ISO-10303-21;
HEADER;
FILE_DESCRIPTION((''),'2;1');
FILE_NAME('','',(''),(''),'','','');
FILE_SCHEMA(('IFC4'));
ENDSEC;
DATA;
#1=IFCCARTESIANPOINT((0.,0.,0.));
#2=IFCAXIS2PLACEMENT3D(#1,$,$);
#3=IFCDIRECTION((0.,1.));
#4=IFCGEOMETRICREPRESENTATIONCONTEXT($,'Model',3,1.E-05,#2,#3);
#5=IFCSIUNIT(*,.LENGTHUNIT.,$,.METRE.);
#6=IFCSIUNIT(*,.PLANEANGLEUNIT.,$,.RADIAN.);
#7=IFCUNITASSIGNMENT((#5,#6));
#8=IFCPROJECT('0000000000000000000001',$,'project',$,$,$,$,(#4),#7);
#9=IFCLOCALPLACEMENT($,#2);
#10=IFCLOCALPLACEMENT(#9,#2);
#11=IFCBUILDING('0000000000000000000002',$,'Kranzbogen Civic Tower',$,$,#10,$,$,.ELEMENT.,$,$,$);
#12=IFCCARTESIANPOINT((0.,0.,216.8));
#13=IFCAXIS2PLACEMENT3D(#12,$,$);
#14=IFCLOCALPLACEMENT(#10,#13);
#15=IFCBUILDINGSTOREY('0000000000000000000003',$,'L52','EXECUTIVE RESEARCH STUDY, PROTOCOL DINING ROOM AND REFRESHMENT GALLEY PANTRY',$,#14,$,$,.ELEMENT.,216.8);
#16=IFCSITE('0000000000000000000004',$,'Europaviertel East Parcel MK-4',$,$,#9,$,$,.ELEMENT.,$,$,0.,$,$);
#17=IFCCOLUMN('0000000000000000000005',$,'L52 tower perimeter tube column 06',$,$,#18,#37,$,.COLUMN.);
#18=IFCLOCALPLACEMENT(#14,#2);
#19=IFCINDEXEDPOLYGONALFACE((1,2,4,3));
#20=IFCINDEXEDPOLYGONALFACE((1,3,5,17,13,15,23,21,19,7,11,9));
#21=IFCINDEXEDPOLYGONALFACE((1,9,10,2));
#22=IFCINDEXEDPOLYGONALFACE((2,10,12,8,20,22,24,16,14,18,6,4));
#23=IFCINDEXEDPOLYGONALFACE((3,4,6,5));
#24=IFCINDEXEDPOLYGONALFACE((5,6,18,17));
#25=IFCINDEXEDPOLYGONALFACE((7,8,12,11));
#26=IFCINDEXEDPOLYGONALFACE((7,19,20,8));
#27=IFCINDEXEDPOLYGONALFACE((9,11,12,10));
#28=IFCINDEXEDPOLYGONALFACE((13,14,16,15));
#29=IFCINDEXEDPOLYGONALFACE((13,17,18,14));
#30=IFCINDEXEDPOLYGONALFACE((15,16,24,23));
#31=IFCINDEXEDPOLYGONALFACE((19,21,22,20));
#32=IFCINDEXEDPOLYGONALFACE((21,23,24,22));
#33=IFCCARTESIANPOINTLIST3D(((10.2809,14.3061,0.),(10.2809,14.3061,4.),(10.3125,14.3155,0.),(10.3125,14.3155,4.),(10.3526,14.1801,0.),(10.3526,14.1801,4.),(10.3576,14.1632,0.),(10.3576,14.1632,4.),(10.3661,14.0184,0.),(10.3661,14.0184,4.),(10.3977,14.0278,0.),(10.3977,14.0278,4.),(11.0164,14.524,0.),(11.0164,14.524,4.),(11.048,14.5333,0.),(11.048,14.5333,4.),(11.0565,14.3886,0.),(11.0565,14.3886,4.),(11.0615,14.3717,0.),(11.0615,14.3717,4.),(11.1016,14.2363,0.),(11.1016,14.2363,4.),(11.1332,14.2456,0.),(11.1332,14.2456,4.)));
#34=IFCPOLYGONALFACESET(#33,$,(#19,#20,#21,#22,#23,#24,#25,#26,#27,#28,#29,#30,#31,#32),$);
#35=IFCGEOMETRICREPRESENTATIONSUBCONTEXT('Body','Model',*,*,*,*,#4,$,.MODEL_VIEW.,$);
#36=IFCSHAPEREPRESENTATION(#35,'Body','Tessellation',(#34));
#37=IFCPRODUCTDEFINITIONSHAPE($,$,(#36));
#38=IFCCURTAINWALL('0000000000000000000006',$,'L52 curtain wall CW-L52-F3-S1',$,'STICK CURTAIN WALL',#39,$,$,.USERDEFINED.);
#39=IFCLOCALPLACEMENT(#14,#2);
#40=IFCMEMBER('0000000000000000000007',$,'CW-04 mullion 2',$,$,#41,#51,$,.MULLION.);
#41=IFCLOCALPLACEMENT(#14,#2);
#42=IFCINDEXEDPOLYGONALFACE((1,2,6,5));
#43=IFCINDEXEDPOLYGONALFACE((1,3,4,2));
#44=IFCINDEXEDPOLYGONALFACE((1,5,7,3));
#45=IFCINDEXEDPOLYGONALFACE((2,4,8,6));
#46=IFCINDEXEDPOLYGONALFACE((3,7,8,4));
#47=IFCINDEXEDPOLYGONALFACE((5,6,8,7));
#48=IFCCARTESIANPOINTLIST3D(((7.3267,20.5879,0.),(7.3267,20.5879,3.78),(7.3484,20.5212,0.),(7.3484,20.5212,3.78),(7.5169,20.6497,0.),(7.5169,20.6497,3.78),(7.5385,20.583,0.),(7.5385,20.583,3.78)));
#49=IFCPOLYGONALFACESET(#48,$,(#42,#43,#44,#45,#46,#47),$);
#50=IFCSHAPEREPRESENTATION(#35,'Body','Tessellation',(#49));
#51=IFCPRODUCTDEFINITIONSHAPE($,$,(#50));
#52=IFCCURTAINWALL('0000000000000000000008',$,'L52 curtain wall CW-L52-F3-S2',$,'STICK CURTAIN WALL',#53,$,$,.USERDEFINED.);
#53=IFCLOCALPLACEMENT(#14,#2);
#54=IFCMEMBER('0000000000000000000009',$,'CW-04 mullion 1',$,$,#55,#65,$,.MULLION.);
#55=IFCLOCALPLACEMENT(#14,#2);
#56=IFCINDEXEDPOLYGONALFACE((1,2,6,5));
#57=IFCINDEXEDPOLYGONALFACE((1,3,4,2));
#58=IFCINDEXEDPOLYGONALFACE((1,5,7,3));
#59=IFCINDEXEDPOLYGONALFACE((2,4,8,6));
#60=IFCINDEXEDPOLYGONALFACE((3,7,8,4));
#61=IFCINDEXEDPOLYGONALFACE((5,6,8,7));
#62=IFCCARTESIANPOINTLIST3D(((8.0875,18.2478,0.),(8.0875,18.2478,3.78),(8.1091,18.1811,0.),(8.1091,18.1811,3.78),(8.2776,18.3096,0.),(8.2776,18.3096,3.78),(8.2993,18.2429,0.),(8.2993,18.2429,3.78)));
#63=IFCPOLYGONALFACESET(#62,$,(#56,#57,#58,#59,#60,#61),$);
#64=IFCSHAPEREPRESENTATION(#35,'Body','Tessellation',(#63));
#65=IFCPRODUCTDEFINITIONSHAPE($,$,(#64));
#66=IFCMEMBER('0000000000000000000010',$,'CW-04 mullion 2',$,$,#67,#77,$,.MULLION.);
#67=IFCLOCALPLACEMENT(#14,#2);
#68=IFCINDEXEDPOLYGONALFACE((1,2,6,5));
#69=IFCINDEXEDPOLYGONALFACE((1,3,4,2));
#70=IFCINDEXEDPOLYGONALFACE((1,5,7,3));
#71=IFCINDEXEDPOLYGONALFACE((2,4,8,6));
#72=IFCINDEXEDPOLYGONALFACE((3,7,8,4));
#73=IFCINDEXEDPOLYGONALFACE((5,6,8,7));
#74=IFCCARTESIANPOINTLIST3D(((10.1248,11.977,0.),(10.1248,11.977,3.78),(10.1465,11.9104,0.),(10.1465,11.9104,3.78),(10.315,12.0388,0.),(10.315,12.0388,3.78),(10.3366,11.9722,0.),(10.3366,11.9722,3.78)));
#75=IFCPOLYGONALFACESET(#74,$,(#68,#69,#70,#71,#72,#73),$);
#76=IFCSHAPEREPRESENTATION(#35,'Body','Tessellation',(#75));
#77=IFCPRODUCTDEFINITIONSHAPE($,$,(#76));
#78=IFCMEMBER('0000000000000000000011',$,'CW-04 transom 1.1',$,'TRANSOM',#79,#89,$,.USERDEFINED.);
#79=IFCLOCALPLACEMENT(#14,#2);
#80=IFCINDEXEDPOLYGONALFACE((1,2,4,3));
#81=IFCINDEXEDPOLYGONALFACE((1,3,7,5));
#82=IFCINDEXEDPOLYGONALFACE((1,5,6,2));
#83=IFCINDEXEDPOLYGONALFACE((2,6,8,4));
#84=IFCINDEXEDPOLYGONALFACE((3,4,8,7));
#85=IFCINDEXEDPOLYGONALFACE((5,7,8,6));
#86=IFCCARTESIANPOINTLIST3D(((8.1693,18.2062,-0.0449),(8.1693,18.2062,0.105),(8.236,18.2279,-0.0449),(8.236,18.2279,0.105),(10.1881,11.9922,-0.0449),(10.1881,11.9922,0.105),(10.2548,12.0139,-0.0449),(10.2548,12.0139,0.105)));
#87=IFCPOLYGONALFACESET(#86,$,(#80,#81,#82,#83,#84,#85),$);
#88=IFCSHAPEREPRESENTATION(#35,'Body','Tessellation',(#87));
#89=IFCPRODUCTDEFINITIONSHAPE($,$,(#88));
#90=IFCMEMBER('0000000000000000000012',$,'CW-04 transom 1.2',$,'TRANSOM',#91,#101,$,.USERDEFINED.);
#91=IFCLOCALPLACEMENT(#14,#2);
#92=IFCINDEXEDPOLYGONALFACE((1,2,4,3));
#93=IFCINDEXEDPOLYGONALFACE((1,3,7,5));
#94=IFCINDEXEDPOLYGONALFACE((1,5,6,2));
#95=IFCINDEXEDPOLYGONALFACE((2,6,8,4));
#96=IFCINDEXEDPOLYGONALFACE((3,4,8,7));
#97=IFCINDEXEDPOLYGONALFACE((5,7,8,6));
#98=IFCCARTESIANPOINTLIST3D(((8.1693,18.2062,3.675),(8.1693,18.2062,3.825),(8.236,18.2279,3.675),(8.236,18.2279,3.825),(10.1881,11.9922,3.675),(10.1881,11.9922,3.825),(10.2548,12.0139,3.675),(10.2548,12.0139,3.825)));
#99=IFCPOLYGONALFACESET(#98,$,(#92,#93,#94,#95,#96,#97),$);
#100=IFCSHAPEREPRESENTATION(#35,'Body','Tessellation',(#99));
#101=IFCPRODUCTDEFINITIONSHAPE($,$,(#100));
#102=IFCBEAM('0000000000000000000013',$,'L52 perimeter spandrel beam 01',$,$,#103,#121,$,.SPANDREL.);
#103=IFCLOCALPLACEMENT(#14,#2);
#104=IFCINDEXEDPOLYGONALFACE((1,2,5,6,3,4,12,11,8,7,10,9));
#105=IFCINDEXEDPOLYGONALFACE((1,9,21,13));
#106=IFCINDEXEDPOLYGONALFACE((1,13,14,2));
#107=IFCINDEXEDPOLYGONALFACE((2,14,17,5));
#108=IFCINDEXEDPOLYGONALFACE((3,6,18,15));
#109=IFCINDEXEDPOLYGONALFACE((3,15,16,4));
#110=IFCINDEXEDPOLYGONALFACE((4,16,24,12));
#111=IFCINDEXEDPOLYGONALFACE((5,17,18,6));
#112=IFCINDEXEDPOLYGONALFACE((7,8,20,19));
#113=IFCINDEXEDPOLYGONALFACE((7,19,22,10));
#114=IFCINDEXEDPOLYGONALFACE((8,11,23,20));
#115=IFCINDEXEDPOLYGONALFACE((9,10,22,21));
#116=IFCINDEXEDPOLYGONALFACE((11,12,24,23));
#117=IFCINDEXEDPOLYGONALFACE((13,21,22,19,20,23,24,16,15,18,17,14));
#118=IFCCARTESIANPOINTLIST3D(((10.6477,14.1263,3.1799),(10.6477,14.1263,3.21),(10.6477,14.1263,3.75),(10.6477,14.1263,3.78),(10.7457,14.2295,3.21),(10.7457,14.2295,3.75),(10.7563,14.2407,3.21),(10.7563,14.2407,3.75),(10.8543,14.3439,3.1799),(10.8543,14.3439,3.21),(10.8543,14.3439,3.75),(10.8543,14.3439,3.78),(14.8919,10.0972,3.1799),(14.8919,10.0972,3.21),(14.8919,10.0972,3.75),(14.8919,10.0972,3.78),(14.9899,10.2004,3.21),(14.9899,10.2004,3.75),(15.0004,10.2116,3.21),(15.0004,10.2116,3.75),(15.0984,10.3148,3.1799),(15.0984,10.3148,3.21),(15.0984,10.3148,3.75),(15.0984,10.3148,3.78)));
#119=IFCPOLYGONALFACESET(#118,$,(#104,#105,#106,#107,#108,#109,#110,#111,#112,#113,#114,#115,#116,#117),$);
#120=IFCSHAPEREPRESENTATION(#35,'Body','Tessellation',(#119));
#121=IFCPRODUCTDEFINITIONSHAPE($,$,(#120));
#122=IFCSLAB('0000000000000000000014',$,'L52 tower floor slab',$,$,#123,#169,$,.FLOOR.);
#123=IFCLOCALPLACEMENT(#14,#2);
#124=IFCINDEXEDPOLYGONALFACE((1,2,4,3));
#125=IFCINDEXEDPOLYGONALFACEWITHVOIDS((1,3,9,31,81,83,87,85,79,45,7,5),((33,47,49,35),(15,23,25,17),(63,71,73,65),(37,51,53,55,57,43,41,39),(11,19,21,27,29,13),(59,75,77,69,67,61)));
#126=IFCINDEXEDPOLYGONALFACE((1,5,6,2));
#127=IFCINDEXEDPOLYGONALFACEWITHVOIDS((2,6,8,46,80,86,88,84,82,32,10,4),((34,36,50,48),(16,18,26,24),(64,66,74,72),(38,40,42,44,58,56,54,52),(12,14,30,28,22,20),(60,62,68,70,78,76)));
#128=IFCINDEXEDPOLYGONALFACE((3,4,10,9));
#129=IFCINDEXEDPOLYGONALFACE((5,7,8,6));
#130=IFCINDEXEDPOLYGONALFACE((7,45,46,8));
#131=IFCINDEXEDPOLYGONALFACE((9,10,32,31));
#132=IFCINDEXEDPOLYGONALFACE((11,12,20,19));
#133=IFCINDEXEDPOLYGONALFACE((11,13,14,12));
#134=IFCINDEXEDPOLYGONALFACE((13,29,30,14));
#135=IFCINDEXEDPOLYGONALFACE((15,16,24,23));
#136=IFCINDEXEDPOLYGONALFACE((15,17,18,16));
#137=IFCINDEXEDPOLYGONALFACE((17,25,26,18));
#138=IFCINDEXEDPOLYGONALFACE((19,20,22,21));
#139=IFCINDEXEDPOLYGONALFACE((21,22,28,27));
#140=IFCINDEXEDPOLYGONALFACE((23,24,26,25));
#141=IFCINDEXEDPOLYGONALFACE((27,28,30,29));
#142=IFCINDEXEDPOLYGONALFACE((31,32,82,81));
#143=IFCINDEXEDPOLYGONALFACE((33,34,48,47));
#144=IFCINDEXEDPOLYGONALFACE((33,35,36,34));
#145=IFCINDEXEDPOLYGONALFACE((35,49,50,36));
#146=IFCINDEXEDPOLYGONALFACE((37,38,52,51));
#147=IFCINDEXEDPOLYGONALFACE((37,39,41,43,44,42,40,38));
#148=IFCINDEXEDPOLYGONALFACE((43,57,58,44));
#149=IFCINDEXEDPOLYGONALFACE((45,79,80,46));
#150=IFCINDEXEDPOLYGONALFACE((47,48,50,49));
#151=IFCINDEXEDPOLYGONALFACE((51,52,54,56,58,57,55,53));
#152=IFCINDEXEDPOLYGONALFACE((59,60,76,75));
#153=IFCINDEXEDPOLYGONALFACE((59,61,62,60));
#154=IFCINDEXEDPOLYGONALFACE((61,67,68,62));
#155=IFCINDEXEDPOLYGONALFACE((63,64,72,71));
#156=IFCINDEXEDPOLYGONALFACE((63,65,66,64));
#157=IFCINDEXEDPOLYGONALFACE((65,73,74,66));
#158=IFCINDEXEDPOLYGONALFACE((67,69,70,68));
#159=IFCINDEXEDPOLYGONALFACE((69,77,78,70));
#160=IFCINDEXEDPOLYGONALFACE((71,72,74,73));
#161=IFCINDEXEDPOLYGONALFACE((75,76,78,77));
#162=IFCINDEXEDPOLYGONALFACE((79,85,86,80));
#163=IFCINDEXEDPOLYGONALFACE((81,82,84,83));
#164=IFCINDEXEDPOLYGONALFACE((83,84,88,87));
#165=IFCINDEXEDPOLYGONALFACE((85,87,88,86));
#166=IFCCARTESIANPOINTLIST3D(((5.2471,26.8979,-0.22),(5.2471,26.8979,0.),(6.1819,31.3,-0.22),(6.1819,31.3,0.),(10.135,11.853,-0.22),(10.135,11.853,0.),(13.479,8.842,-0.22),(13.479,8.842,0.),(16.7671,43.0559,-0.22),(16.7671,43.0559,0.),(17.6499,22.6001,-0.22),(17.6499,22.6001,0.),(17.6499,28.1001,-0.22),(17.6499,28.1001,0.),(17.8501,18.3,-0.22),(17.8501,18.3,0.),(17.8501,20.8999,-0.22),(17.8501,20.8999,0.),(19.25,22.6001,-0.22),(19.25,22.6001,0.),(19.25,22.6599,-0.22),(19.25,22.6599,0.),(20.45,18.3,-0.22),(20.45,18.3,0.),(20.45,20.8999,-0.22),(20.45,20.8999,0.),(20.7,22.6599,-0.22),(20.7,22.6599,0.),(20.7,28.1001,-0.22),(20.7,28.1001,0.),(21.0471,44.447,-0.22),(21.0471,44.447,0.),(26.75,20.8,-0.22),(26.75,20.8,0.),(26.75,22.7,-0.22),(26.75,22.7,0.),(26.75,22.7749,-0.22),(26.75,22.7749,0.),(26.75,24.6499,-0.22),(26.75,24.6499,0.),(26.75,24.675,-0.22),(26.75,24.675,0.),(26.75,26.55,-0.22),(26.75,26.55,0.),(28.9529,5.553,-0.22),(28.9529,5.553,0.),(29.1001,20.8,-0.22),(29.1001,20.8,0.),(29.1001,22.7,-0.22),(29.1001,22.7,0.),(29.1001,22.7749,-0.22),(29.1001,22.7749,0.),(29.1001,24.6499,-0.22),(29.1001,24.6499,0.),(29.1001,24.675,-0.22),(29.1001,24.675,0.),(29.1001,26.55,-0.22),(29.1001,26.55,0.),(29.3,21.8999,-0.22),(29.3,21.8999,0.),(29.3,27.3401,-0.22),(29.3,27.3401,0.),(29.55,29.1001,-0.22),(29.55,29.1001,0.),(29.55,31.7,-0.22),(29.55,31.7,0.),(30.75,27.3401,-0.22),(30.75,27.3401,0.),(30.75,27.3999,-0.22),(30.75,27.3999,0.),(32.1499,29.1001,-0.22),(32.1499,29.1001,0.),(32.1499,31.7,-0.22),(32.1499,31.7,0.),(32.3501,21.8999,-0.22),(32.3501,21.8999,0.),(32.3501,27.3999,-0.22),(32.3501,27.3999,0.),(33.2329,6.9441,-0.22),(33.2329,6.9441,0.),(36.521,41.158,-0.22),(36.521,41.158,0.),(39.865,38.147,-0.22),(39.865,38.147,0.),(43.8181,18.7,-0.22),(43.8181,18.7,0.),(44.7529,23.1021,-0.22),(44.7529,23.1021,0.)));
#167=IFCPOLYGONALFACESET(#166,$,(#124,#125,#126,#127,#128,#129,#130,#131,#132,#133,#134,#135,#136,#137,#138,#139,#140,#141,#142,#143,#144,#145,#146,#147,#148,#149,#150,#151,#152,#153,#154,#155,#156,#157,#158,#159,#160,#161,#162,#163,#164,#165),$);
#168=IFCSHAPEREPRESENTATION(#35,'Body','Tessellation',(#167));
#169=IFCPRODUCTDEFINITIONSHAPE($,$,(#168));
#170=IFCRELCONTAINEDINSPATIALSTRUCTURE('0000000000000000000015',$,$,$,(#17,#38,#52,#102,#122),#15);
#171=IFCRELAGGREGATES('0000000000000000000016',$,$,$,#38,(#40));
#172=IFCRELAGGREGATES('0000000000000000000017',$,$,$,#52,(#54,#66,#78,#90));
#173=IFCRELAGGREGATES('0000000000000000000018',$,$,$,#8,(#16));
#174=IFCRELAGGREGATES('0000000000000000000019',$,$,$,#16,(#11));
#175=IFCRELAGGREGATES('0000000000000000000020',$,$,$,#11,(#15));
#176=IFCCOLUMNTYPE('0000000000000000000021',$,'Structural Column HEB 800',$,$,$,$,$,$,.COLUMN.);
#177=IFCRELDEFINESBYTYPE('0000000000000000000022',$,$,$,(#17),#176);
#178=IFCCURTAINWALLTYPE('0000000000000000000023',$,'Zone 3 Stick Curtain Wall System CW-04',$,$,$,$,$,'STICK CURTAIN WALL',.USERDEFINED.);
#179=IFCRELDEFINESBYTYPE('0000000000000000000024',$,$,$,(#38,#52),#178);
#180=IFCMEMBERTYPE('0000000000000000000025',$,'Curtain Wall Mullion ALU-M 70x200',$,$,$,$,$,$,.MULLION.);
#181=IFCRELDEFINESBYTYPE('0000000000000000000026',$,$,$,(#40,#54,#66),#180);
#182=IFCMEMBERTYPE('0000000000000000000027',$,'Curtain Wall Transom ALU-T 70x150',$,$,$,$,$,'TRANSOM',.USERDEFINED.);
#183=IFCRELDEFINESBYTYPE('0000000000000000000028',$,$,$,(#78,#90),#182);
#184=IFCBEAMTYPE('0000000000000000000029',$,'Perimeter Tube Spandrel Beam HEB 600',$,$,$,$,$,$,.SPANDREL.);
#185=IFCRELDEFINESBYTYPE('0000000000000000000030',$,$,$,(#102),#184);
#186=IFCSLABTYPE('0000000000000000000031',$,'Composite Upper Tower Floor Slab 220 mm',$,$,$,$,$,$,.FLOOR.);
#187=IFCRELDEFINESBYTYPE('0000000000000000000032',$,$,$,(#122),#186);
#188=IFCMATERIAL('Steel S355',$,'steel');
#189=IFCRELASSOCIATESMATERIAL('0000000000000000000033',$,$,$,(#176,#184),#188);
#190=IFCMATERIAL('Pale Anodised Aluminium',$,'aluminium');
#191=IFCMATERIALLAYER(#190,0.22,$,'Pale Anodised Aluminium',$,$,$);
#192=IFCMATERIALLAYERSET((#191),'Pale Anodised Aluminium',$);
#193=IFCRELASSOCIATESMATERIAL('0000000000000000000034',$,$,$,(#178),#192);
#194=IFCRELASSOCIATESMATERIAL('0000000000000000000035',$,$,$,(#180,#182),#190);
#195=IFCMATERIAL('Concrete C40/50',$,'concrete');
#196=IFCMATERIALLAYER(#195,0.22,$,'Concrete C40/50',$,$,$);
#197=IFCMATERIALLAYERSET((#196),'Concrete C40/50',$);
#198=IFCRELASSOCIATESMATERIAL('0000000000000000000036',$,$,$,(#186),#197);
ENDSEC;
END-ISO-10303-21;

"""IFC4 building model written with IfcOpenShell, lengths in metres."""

from ifc_helpers import new_model, si_unit, direction, frame, origin, origin_2d, place, context, subcontext, project, spatial, polyline, rectangle, i_section, outline, extrude, material, layer, layer_set, material_profile, profile_set, type_object, element, aggregate, save


model = new_model("IFC4")

# Units and contexts
model_context = context("Model", 3, precision=1e-05, world=origin(), true_north=direction((0.0, 1.0)))
body_context = subcontext(model_context, "Body", "Model", "MODEL_VIEW")
ifc_project = project(units=[si_unit("LENGTHUNIT", "METRE"), si_unit("PLANEANGLEUNIT", "RADIAN")], contexts=[model_context])

# Site, building, storey
site_placement = place(None, origin())
site = spatial("IfcSite", under=ifc_project, at=site_placement, Name="Europaviertel East Parcel MK-4", CompositionType="ELEMENT", RefElevation=0.0)
building_placement = place(site_placement, origin())
building = spatial("IfcBuilding", under=site, at=building_placement, Name="Kranzbogen Civic Tower", CompositionType="ELEMENT")
storey_placement = place(building_placement, frame((0.0, 0.0, 216.8)))
storey = spatial("IfcBuildingStorey", under=building, at=storey_placement, Name="L52", Description="EXECUTIVE RESEARCH STUDY, PROTOCOL DINING ROOM AND REFRESHMENT GALLEY PANTRY", CompositionType="ELEMENT", Elevation=216.8)

# Column
ifc_material_1 = material(Name="Steel S355", Category="steel")
ifc_material_profile_1 = material_profile(ifc_material_1, i_section(OverallWidth=0.3, OverallDepth=0.8, WebThickness=0.0176, FlangeThickness=0.033, at=origin_2d()), Name="HEB 800")
ifc_profile_set_1 = profile_set([ifc_material_profile_1], Name="Steel S355")
column_type = type_object("IfcColumnType", Name="Structural Column HEB 800", PredefinedType="COLUMN", material=ifc_profile_set_1)
column_placement = place(storey_placement, frame((10.707, 14.2759, 0.0), z_axis=(0.0, 0.0, 1.0), x_axis=(-0.284015, 0.95882, 0.0)))
element("IfcColumn", 1, at=column_placement, inside=storey, type_object=column_type, Name="L52 tower perimeter tube column 06", PredefinedType="COLUMN", context=body_context, shape_type="SweptSolid", body=[
    extrude(i_section(OverallWidth=0.3, OverallDepth=0.8, WebThickness=0.0176, FlangeThickness=0.033, at=origin_2d()), origin(), (0.0, 0.0, 1.0), 4.0),
])

# Curtain wall, member
ifc_material_2 = material(Name="Pale Anodised Aluminium", Category="aluminium")
ifc_layer_1 = layer(ifc_material_2, 0.22, Name="Pale Anodised Aluminium")
ifc_layer_set_1 = layer_set([ifc_layer_1], Name="Pale Anodised Aluminium")
curtain_wall_type = type_object("IfcCurtainWallType", Name="Zone 3 Stick Curtain Wall System CW-04", ElementType="STICK CURTAIN WALL", PredefinedType="USERDEFINED", material=ifc_layer_set_1)
curtain_wall_1_placement = place(storey_placement, origin())
curtain_wall_1 = element("IfcCurtainWall", 2, at=curtain_wall_1_placement, inside=storey, type_object=curtain_wall_type, Name="L52 curtain wall CW-L52-F3-S1", ObjectType="STICK CURTAIN WALL", PredefinedType="USERDEFINED")
ifc_material_profile_2 = material_profile(ifc_material_2, rectangle(XDim=0.0701, YDim=0.2, at=origin_2d()), Name="ALU-M 70x200")
ifc_profile_set_2 = profile_set([ifc_material_profile_2], Name="Pale Anodised Aluminium")
member_type_1 = type_object("IfcMemberType", Name="Curtain Wall Mullion ALU-M 70x200", PredefinedType="MULLION", material=ifc_profile_set_2)
member_1_placement = place(storey_placement, frame((7.4326, 20.5854, 0.0), z_axis=(0.0, 0.0, 1.0), x_axis=(0.309005, -0.951061, 0.0)))
member_1 = element("IfcMember", 3, at=member_1_placement, type_object=member_type_1, Name="CW-04 mullion 2", PredefinedType="MULLION", context=body_context, shape_type="SweptSolid", body=[
    extrude(rectangle(XDim=0.0701, YDim=0.2, at=origin_2d()), origin(), (0.0, 0.0, 1.0), 3.78),
])
aggregate(curtain_wall_1, [member_1])

# Curtain wall, members
curtain_wall_2_placement = place(storey_placement, origin())
curtain_wall_2 = element("IfcCurtainWall", 4, at=curtain_wall_2_placement, inside=storey, type_object=curtain_wall_type, Name="L52 curtain wall CW-L52-F3-S2", ObjectType="STICK CURTAIN WALL", PredefinedType="USERDEFINED")
member_2_placement = place(storey_placement, frame((8.1934, 18.2454, 0.0), z_axis=(0.0, 0.0, 1.0), x_axis=(0.309005, -0.951061, 0.0)))
member_2 = element("IfcMember", 5, at=member_2_placement, type_object=member_type_1, Name="CW-04 mullion 1", PredefinedType="MULLION", context=body_context, shape_type="SweptSolid", body=[
    extrude(rectangle(XDim=0.0701, YDim=0.2, at=origin_2d()), origin(), (0.0, 0.0, 1.0), 3.78),
])
member_3_placement = place(storey_placement, frame((10.2307, 11.9746, 0.0), z_axis=(0.0, 0.0, 1.0), x_axis=(0.309005, -0.951061, 0.0)))
member_3 = element("IfcMember", 6, at=member_3_placement, type_object=member_type_1, Name="CW-04 mullion 2", PredefinedType="MULLION", context=body_context, shape_type="SweptSolid", body=[
    extrude(rectangle(XDim=0.0701, YDim=0.2, at=origin_2d()), origin(), (0.0, 0.0, 1.0), 3.78),
])
ifc_material_profile_3 = material_profile(ifc_material_2, rectangle(XDim=0.0701, YDim=0.1499, at=origin_2d()), Name="ALU-T 70x150")
ifc_profile_set_3 = profile_set([ifc_material_profile_3], Name="Pale Anodised Aluminium")
member_type_2 = type_object("IfcMemberType", Name="Curtain Wall Transom ALU-T 70x150", ElementType="TRANSOM", PredefinedType="USERDEFINED", material=ifc_profile_set_3)
member_4_placement = place(storey_placement, frame((8.2026, 18.217, 0.03), z_axis=(0.308988, -0.951066, 0.0), x_axis=(0.951066, 0.308988, 0.0)))
member_4 = element("IfcMember", 7, at=member_4_placement, type_object=member_type_2, Name="CW-04 transom 1.1", ObjectType="TRANSOM", PredefinedType="USERDEFINED", context=body_context, shape_type="SweptSolid", body=[
    extrude(rectangle(XDim=0.0701, YDim=0.1499, at=origin_2d()), origin(), (0.0, 0.0, 1.0), 6.5337),
])
member_5_placement = place(storey_placement, frame((8.2026, 18.217, 3.75), z_axis=(0.308988, -0.951066, 0.0), x_axis=(0.951066, 0.308988, 0.0)))
member_5 = element("IfcMember", 8, at=member_5_placement, type_object=member_type_2, Name="CW-04 transom 1.2", ObjectType="TRANSOM", PredefinedType="USERDEFINED", context=body_context, shape_type="SweptSolid", body=[
    extrude(rectangle(XDim=0.0701, YDim=0.1499, at=origin_2d()), origin(), (0.0, 0.0, 1.0), 6.5337),
])

# Beam
ifc_material_profile_4 = material_profile(ifc_material_1, i_section(OverallWidth=0.3, OverallDepth=0.6001, WebThickness=0.0154, FlangeThickness=0.03, at=origin_2d()), Name="HEB 600")
ifc_profile_set_4 = profile_set([ifc_material_profile_4], Name="Steel S355")
beam_type = type_object("IfcBeamType", Name="Perimeter Tube Spandrel Beam HEB 600", PredefinedType="SPANDREL", material=ifc_profile_set_4)
beam_placement = place(storey_placement, frame((10.751, 14.2351, 3.48), z_axis=(0.725245, -0.688491, 0.0), x_axis=(0.688491, 0.725245, 0.0)))
element("IfcBeam", 9, at=beam_placement, inside=storey, type_object=beam_type, Name="L52 perimeter spandrel beam 01", PredefinedType="SPANDREL", context=body_context, shape_type="SweptSolid", body=[
    extrude(i_section(OverallWidth=0.3, OverallDepth=0.6001, WebThickness=0.0154, FlangeThickness=0.03, at=origin_2d()), origin(), (0.0, 0.0, 1.0), 5.8521),
])

# Slab
ifc_material_3 = material(Name="Concrete C40/50", Category="concrete")
ifc_layer_2 = layer(ifc_material_3, 0.22, Name="Concrete C40/50")
ifc_layer_set_2 = layer_set([ifc_layer_2], Name="Concrete C40/50")
slab_type_1 = type_object("IfcSlabType", Name="Composite Upper Tower Floor Slab 220 mm", PredefinedType="FLOOR", material=ifc_layer_set_2)
slab_1_placement = place(storey_placement, frame((0.0, 0.0, -0.22)))
element("IfcSlab", 10, at=slab_1_placement, inside=storey, type_object=slab_type_1, Name="L52 tower floor slab", PredefinedType="FLOOR", context=body_context, shape_type="SweptSolid", body=[
    extrude(outline(polyline([(36.521, 41.158), (21.0471, 44.447), (16.7671, 43.0559), (6.1819, 31.3), (5.2471, 26.8979), (10.135, 11.853), (13.479, 8.842), (28.9529, 5.553), (33.2329, 6.9441), (43.8181, 18.7), (44.7529, 23.1021), (39.865, 38.147), (36.521, 41.158)]), holes=[polyline([(17.8501, 20.8999), (20.45, 20.8999), (20.45, 18.3), (17.8501, 18.3), (17.8501, 20.8999)]), polyline([(29.1001, 22.7), (29.1001, 20.8), (26.75, 20.8), (26.75, 22.7), (29.1001, 22.7)]), polyline([(29.1001, 24.6499), (29.1001, 22.7749), (26.75, 22.7749), (26.75, 24.6499), (26.75, 24.675), (26.75, 26.55), (29.1001, 26.55), (29.1001, 24.675), (29.1001, 24.6499)]), polyline([(29.3, 27.3401), (30.75, 27.3401), (30.75, 27.3999), (32.3501, 27.3999), (32.3501, 21.8999), (29.3, 21.8999), (29.3, 27.3401)]), polyline([(20.7, 22.6599), (19.25, 22.6599), (19.25, 22.6001), (17.6499, 22.6001), (17.6499, 28.1001), (20.7, 28.1001), (20.7, 22.6599)]), polyline([(32.1499, 31.7), (32.1499, 29.1001), (29.55, 29.1001), (29.55, 31.7), (32.1499, 31.7)])]), origin(), (0.0, 0.0, 1.0), 0.22),
])

aggregate(curtain_wall_2, [member_2, member_3, member_4, member_5])

save(model, "model.ifc")
